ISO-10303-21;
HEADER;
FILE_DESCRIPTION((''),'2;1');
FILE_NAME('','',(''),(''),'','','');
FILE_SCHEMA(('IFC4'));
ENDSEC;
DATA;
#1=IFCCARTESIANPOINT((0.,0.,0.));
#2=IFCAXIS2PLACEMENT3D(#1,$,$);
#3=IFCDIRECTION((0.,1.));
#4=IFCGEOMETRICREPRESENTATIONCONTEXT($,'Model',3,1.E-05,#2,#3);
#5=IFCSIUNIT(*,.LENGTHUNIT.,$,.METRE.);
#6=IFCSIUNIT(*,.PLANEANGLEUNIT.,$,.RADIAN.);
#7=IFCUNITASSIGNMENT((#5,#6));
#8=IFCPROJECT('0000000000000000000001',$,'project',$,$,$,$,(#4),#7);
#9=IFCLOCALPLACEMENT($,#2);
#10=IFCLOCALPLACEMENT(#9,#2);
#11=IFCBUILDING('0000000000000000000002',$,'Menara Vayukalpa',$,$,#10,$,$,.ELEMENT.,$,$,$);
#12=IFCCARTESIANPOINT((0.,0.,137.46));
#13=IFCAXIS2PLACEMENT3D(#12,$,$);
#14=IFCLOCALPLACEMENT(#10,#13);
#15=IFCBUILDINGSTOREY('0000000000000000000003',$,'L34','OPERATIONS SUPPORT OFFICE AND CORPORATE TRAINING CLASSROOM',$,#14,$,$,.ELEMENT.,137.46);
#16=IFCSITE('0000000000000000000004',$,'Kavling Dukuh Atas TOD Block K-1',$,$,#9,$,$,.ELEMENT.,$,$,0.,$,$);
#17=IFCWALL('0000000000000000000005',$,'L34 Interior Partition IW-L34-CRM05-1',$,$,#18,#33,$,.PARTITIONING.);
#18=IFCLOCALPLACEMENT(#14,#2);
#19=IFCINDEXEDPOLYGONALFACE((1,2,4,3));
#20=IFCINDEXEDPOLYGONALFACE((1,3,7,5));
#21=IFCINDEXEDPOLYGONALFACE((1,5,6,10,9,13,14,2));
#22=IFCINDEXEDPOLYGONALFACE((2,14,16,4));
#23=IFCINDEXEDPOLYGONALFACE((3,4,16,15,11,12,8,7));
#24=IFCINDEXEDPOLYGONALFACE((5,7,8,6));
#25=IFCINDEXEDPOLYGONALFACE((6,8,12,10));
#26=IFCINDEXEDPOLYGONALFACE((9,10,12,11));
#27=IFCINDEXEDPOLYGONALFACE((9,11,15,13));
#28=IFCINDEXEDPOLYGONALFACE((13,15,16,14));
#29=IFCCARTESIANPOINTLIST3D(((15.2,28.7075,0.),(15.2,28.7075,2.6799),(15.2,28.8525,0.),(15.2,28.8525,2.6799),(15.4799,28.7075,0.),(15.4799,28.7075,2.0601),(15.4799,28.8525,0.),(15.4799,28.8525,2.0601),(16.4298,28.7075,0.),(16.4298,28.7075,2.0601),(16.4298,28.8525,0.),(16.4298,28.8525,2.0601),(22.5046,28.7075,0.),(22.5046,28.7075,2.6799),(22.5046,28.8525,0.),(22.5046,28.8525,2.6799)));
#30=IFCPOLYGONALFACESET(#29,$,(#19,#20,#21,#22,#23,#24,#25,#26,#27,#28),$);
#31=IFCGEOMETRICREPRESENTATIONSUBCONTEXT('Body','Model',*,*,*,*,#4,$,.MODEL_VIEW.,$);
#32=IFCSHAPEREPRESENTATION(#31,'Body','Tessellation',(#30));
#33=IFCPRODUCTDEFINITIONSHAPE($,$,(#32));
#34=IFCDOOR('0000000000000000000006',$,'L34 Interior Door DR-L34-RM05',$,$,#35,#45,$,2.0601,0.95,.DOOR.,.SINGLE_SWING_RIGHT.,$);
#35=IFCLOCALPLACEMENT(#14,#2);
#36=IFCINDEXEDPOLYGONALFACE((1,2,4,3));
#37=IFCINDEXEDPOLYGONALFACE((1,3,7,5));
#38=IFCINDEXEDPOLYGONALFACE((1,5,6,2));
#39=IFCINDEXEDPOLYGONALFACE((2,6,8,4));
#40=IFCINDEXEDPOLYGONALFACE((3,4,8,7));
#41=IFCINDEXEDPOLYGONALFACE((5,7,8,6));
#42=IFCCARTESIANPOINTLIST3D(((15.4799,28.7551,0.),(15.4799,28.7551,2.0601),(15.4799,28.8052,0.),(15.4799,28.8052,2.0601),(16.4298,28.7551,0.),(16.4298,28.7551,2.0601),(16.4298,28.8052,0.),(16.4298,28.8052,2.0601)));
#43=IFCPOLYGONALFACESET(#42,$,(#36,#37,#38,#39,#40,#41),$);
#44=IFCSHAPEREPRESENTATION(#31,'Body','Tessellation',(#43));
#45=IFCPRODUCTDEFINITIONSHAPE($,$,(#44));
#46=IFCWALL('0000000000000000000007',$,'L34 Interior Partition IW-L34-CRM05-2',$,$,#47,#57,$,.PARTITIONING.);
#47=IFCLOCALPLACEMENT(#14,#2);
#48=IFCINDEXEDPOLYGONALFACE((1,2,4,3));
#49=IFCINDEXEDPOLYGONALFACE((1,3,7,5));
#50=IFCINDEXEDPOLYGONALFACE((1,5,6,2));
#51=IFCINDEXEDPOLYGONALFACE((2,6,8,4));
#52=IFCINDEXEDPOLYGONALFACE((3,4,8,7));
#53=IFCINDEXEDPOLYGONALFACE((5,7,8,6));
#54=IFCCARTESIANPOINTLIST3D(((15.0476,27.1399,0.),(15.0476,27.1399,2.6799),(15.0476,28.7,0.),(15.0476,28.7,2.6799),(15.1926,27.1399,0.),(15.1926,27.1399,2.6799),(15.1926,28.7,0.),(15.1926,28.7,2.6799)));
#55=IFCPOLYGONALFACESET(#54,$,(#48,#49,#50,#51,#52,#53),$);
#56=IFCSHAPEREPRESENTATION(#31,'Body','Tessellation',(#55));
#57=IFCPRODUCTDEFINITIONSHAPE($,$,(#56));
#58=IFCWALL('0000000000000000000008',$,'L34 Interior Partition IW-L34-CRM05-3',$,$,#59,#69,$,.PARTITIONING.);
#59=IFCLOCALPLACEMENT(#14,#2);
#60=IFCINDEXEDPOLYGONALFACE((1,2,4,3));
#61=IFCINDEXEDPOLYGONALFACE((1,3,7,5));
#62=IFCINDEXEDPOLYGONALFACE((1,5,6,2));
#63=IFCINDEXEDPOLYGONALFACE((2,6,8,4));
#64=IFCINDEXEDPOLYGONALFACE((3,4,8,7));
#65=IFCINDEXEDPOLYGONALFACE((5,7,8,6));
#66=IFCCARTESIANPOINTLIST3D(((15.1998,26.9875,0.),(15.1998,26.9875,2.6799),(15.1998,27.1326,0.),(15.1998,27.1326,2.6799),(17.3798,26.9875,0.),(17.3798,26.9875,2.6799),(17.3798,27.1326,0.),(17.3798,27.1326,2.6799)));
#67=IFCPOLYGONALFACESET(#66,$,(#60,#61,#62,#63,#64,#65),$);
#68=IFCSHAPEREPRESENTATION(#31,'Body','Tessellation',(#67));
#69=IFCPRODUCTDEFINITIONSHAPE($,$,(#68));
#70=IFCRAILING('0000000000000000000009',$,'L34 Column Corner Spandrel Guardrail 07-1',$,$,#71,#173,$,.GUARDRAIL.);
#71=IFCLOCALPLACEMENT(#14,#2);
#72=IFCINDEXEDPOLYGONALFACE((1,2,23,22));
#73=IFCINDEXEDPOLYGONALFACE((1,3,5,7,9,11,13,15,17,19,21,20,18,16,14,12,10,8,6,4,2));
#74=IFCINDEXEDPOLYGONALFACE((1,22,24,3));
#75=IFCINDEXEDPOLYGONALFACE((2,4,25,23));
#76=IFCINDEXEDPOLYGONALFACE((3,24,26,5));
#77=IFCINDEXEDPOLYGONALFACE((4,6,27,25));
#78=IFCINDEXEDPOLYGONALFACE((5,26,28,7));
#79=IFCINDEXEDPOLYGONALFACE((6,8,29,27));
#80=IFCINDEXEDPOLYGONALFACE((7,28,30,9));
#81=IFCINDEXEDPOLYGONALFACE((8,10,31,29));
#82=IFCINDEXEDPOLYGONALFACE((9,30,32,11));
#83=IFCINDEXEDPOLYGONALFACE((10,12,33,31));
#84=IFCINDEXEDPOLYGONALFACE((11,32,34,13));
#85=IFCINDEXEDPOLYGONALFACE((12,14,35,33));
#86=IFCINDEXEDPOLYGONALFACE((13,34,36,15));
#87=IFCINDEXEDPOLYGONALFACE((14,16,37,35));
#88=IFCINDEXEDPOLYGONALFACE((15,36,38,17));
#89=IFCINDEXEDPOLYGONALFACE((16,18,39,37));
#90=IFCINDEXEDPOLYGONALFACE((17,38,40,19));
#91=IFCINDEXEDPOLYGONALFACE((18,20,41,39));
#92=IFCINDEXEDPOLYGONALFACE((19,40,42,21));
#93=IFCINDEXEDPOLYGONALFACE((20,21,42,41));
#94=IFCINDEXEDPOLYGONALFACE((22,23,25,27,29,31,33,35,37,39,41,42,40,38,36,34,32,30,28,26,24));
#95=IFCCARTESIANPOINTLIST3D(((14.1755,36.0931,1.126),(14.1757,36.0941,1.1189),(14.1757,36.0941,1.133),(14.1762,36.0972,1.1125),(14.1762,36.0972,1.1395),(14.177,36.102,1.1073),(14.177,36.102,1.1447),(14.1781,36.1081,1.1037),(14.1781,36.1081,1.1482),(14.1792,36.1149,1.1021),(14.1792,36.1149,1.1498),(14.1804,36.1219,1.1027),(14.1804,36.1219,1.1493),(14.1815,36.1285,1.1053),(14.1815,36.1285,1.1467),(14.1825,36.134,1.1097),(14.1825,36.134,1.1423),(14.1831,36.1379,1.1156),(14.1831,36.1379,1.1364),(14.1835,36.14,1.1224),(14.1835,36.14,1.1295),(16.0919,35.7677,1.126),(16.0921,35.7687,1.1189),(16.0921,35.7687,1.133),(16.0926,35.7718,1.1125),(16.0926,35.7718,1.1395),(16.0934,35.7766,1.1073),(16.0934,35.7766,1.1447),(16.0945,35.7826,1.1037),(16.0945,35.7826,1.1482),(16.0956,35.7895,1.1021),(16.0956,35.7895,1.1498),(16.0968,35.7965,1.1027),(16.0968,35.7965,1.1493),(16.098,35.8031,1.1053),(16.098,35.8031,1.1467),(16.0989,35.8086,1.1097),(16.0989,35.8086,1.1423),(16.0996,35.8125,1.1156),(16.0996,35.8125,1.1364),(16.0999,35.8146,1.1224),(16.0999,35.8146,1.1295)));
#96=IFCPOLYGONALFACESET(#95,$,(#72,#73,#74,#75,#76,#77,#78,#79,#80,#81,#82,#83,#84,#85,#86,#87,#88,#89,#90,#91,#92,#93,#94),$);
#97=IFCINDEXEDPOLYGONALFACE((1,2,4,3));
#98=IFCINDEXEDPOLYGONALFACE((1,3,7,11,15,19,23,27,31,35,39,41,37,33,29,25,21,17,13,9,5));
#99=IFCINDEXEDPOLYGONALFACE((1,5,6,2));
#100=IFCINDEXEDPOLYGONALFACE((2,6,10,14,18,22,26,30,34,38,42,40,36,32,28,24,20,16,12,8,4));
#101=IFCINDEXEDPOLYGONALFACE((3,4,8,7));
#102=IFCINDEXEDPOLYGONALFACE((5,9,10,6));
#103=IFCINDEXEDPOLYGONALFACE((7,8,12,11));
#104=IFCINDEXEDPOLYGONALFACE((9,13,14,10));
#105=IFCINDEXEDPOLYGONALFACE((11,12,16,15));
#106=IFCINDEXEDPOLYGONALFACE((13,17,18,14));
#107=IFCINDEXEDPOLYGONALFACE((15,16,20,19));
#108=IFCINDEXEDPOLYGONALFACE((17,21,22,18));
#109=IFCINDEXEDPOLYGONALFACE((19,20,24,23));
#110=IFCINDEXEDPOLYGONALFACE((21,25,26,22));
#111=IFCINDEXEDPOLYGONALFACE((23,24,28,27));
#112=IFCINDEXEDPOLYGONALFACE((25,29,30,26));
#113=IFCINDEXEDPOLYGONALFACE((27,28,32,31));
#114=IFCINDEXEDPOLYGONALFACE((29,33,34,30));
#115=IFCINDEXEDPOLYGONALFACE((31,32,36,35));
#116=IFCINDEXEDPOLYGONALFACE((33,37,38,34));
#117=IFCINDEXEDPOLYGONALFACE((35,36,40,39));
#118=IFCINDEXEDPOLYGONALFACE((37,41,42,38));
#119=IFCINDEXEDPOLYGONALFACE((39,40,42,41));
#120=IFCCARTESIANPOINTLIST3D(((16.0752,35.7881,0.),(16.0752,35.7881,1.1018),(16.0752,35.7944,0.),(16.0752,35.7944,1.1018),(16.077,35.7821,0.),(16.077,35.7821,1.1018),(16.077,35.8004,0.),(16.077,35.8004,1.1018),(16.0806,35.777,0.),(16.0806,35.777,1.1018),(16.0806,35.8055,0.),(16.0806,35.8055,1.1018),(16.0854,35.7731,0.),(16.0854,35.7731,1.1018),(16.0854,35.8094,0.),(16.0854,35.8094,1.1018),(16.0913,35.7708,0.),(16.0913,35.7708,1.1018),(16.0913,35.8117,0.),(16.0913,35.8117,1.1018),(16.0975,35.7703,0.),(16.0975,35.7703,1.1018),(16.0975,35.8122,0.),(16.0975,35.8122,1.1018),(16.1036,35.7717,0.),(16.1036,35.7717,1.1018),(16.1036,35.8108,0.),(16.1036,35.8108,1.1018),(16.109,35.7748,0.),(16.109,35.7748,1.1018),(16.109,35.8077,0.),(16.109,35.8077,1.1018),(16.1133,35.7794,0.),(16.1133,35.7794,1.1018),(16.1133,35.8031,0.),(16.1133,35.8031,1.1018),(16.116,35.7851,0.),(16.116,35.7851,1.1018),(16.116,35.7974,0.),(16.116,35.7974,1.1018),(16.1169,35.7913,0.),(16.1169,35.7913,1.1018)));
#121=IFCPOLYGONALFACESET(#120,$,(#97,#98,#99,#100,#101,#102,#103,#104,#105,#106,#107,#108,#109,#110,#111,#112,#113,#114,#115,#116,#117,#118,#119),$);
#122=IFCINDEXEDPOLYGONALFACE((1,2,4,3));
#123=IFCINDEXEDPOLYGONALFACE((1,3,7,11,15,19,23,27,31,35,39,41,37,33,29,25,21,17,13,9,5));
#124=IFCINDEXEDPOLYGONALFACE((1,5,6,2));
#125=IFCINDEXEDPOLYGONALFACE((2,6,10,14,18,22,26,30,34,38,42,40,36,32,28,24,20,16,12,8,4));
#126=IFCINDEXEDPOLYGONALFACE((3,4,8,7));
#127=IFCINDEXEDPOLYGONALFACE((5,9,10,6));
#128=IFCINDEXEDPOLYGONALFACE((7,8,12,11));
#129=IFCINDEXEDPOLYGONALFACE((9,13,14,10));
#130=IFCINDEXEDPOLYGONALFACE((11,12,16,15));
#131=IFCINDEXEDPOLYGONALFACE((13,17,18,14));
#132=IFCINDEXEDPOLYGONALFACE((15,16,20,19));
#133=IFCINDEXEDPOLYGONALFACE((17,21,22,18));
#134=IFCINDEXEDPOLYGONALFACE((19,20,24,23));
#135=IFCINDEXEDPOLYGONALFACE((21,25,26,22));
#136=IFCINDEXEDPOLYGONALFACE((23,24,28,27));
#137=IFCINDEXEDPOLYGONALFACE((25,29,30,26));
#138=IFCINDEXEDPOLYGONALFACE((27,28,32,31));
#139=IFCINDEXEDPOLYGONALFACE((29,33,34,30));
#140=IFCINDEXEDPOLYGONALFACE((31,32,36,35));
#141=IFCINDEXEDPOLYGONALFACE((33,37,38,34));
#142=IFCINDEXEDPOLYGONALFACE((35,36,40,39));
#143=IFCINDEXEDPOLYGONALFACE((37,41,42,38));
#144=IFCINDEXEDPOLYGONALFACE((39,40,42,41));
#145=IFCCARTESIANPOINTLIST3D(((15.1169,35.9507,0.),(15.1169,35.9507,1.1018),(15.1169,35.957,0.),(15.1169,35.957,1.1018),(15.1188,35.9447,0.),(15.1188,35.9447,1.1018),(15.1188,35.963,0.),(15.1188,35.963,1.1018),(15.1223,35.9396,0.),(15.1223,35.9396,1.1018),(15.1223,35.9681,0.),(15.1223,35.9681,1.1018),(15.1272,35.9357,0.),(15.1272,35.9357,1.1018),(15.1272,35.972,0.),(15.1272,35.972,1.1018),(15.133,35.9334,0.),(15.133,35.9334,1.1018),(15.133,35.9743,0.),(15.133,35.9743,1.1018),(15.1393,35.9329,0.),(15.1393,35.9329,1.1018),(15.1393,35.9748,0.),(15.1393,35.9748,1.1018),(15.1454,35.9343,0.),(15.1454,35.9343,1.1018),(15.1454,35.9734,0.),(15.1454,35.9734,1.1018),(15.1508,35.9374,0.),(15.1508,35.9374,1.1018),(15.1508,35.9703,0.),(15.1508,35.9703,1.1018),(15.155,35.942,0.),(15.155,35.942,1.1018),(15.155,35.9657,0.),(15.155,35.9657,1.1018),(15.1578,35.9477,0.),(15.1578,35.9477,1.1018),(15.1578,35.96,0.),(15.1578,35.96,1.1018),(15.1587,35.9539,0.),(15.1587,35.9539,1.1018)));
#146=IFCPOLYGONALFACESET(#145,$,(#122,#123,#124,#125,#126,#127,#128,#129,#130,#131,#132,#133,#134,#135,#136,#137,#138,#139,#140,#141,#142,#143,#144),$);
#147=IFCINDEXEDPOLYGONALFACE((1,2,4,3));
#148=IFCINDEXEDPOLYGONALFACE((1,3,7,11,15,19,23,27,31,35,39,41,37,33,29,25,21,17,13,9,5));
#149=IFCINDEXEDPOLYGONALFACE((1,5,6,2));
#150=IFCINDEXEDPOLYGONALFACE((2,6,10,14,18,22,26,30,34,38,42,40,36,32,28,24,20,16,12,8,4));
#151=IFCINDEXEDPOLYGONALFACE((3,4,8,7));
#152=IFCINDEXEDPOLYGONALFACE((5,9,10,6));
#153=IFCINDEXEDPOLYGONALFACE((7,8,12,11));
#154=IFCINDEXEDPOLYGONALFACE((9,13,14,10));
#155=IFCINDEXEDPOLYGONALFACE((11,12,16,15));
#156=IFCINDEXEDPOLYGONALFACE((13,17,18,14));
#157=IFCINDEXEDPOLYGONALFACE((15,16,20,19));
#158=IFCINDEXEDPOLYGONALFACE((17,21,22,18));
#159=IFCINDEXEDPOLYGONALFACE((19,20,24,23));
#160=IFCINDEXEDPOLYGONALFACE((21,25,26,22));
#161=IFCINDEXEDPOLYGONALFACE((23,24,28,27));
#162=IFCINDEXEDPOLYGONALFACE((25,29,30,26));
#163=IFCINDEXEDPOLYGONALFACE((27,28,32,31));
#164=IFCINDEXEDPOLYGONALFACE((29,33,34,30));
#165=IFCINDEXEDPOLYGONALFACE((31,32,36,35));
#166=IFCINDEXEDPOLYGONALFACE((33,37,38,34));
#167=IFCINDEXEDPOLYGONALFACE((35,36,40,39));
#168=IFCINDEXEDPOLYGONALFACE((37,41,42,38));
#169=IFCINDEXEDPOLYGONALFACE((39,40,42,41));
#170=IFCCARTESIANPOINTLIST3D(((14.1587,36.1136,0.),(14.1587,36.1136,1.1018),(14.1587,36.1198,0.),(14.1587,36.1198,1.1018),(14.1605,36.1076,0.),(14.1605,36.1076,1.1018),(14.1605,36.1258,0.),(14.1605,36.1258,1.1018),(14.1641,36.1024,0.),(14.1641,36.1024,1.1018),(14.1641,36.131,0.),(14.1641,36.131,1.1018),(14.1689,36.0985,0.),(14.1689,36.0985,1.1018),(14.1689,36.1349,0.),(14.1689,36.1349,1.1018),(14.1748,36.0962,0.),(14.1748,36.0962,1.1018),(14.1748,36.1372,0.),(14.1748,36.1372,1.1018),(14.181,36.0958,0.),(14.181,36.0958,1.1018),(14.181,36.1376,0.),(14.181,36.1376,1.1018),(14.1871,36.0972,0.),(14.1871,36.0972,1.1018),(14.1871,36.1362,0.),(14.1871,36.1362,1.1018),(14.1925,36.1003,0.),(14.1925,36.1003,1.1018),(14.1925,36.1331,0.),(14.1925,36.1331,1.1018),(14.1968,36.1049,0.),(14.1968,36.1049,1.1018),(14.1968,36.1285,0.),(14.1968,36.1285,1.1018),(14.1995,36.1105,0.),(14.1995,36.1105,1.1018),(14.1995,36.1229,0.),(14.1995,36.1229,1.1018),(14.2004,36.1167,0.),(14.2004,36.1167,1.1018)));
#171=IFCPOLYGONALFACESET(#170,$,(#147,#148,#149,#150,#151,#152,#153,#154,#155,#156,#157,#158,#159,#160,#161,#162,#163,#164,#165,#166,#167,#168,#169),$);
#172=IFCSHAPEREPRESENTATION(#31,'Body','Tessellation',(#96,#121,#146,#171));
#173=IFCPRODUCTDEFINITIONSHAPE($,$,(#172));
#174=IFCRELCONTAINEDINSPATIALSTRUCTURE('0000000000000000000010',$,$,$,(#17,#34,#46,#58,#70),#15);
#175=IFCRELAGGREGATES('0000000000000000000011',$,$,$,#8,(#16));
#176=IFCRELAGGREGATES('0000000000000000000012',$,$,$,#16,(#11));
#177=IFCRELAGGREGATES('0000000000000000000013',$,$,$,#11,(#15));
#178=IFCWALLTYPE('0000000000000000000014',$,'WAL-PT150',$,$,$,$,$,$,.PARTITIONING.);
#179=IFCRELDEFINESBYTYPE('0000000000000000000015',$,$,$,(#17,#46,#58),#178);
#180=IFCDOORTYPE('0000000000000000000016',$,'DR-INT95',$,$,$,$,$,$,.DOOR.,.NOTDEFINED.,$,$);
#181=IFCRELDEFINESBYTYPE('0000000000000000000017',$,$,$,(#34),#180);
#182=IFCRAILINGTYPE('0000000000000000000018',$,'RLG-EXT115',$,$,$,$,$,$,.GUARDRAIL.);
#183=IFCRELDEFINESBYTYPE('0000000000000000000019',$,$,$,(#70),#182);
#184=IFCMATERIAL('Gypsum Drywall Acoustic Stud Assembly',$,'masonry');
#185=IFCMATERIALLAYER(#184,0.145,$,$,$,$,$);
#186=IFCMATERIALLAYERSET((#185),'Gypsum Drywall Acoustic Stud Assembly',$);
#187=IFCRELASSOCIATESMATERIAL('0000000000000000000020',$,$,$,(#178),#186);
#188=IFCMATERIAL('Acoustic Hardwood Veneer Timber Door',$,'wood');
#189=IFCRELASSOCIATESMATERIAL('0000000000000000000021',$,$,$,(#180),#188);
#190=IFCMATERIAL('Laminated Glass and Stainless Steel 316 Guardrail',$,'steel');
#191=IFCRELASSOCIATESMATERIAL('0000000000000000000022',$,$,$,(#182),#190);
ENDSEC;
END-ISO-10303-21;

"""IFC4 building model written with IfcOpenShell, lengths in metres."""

from ifc_helpers import new_model, si_unit, direction, frame, frame_2d, origin, origin_2d, place, context, subcontext, project, spatial, rectangle, circle, extrude, material, layer, layer_set, type_object, element, fill, save


model = new_model("IFC4")

# Units and contexts
model_context = context("Model", 3, precision=1e-05, world=origin(), true_north=direction((0.0, 1.0)))
body_context = subcontext(model_context, "Body", "Model", "MODEL_VIEW")
ifc_project = project(units=[si_unit("LENGTHUNIT", "METRE"), si_unit("PLANEANGLEUNIT", "RADIAN")], contexts=[model_context])

# Site, building, storey
site_placement = place(None, origin())
site = spatial("IfcSite", under=ifc_project, at=site_placement, Name="Kavling Dukuh Atas TOD Block K-1", CompositionType="ELEMENT", RefElevation=0.0)
building_placement = place(site_placement, origin())
building = spatial("IfcBuilding", under=site, at=building_placement, Name="Menara Vayukalpa", CompositionType="ELEMENT")
storey_placement = place(building_placement, frame((0.0, 0.0, 137.46)))
storey = spatial("IfcBuildingStorey", under=building, at=storey_placement, Name="L34", Description="OPERATIONS SUPPORT OFFICE AND CORPORATE TRAINING CLASSROOM", CompositionType="ELEMENT", Elevation=137.46)

# Wall, opening, door
ifc_material_1 = material(Name="Gypsum Drywall Acoustic Stud Assembly", Category="masonry")
ifc_layer_1 = layer(ifc_material_1, 0.145)
ifc_layer_set_1 = layer_set([ifc_layer_1], Name="Gypsum Drywall Acoustic Stud Assembly")
wall_type_1 = type_object("IfcWallType", Name="WAL-PT150", PredefinedType="PARTITIONING", material=ifc_layer_set_1)
wall_1_placement = place(storey_placement, frame((22.5046, 28.78, 0.0), z_axis=(0.0, 0.0, 1.0), x_axis=(-1.0, 0.0, 0.0)))
wall_1 = element("IfcWall", 1, at=wall_1_placement, inside=storey, type_object=wall_type_1, Name="L34 Interior Partition IW-L34-CRM05-1", PredefinedType="PARTITIONING", context=body_context, shape_type="SweptSolid", body=[
    extrude(rectangle(XDim=7.3047, YDim=0.145, at=frame_2d((3.6523, 0.0))), origin(), (0.0, 0.0, 1.0), 2.6799),
])
opening_placement = place(wall_1_placement, frame((6.0747, 0.0, 0.0)))
opening = element("IfcOpeningElement", 2, at=opening_placement, cuts=wall_1, PredefinedType="OPENING", context=body_context, shape_type="SweptSolid", body=[
    extrude(rectangle(XDim=0.95, YDim=2.0601, at=frame_2d((0.4751, 1.03))), frame((0.0, 0.0825, 0.0), z_axis=(0.0, -1.0, 0.0), x_axis=(1.0, 0.0, 0.0)), (0.0, 0.0, 1.0), 0.165),
])
ifc_material_2 = material(Name="Acoustic Hardwood Veneer Timber Door", Category="wood")
door_type = type_object("IfcDoorType", Name="DR-INT95", OperationType="NOTDEFINED", PredefinedType="DOOR", material=ifc_material_2)
door_placement = place(opening_placement, origin())
door = element("IfcDoor", 3, at=door_placement, inside=storey, type_object=door_type, Name="L34 Interior Door DR-L34-RM05", OperationType="SINGLE_SWING_RIGHT", OverallHeight=2.0601, OverallWidth=0.95, PredefinedType="DOOR", context=body_context, shape_type="SweptSolid", body=[
    extrude(rectangle(XDim=0.95, YDim=2.0601, at=frame_2d((0.4751, 1.03))), frame((0.0, 0.0249, 0.0), z_axis=(0.0, -1.0, 0.0), x_axis=(1.0, 0.0, 0.0)), (0.0, 0.0, 1.0), 0.05),
])
fill(opening, door)

# Walls
wall_2_placement = place(storey_placement, frame((15.1201, 28.7, 0.0), z_axis=(0.0, 0.0, 1.0), x_axis=(0.0, -1.0, 0.0)))
element("IfcWall", 4, at=wall_2_placement, inside=storey, type_object=wall_type_1, Name="L34 Interior Partition IW-L34-CRM05-2", PredefinedType="PARTITIONING", context=body_context, shape_type="SweptSolid", body=[
    extrude(rectangle(XDim=1.5601, YDim=0.145, at=frame_2d((0.78, 0.0))), origin(), (0.0, 0.0, 1.0), 2.6799),
])
wall_3_placement = place(storey_placement, frame((15.2, 27.0601, 0.0), z_axis=(0.0, 0.0, 1.0), x_axis=(1.0, 0.0, 0.0)))
element("IfcWall", 5, at=wall_3_placement, inside=storey, type_object=wall_type_1, Name="L34 Interior Partition IW-L34-CRM05-3", PredefinedType="PARTITIONING", context=body_context, shape_type="SweptSolid", body=[
    extrude(rectangle(XDim=2.1799, YDim=0.145, at=frame_2d((1.0898, 0.0))), origin(), (0.0, 0.0, 1.0), 2.6799),
])

# Railing
ifc_material_3 = material(Name="Laminated Glass and Stainless Steel 316 Guardrail", Category="steel")
railing_type = type_object("IfcRailingType", Name="RLG-EXT115", PredefinedType="GUARDRAIL", material=ifc_material_3)
railing_1_placement = place(storey_placement, frame((16.0959, 35.7913, 0.0)))
element("IfcRailing", 6, at=railing_1_placement, inside=storey, type_object=railing_type, Name="L34 Column Corner Spandrel Guardrail 07-1", PredefinedType="GUARDRAIL", context=body_context, shape_type="SweptSolid", body=[
    extrude(circle(Radius=0.0239, at=origin_2d()), frame((0.0, 0.0, 1.126), z_axis=(-0.985887, 0.167412, 0.0), x_axis=(-0.167412, -0.985887, 0.0)), (0.0, 0.0, 1.0), 1.9438),
    extrude(circle(Radius=0.021, at=origin_2d()), origin(), (0.0, 0.0, 1.0), 1.1018),
    extrude(circle(Radius=0.021, at=origin_2d()), frame((-0.9583, 0.1626, 0.0)), (0.0, 0.0, 1.0), 1.1018),
    extrude(circle(Radius=0.021, at=origin_2d()), frame((-1.9165, 0.3254, 0.0)), (0.0, 0.0, 1.0), 1.1018),
])

save(model, "model.ifc")
